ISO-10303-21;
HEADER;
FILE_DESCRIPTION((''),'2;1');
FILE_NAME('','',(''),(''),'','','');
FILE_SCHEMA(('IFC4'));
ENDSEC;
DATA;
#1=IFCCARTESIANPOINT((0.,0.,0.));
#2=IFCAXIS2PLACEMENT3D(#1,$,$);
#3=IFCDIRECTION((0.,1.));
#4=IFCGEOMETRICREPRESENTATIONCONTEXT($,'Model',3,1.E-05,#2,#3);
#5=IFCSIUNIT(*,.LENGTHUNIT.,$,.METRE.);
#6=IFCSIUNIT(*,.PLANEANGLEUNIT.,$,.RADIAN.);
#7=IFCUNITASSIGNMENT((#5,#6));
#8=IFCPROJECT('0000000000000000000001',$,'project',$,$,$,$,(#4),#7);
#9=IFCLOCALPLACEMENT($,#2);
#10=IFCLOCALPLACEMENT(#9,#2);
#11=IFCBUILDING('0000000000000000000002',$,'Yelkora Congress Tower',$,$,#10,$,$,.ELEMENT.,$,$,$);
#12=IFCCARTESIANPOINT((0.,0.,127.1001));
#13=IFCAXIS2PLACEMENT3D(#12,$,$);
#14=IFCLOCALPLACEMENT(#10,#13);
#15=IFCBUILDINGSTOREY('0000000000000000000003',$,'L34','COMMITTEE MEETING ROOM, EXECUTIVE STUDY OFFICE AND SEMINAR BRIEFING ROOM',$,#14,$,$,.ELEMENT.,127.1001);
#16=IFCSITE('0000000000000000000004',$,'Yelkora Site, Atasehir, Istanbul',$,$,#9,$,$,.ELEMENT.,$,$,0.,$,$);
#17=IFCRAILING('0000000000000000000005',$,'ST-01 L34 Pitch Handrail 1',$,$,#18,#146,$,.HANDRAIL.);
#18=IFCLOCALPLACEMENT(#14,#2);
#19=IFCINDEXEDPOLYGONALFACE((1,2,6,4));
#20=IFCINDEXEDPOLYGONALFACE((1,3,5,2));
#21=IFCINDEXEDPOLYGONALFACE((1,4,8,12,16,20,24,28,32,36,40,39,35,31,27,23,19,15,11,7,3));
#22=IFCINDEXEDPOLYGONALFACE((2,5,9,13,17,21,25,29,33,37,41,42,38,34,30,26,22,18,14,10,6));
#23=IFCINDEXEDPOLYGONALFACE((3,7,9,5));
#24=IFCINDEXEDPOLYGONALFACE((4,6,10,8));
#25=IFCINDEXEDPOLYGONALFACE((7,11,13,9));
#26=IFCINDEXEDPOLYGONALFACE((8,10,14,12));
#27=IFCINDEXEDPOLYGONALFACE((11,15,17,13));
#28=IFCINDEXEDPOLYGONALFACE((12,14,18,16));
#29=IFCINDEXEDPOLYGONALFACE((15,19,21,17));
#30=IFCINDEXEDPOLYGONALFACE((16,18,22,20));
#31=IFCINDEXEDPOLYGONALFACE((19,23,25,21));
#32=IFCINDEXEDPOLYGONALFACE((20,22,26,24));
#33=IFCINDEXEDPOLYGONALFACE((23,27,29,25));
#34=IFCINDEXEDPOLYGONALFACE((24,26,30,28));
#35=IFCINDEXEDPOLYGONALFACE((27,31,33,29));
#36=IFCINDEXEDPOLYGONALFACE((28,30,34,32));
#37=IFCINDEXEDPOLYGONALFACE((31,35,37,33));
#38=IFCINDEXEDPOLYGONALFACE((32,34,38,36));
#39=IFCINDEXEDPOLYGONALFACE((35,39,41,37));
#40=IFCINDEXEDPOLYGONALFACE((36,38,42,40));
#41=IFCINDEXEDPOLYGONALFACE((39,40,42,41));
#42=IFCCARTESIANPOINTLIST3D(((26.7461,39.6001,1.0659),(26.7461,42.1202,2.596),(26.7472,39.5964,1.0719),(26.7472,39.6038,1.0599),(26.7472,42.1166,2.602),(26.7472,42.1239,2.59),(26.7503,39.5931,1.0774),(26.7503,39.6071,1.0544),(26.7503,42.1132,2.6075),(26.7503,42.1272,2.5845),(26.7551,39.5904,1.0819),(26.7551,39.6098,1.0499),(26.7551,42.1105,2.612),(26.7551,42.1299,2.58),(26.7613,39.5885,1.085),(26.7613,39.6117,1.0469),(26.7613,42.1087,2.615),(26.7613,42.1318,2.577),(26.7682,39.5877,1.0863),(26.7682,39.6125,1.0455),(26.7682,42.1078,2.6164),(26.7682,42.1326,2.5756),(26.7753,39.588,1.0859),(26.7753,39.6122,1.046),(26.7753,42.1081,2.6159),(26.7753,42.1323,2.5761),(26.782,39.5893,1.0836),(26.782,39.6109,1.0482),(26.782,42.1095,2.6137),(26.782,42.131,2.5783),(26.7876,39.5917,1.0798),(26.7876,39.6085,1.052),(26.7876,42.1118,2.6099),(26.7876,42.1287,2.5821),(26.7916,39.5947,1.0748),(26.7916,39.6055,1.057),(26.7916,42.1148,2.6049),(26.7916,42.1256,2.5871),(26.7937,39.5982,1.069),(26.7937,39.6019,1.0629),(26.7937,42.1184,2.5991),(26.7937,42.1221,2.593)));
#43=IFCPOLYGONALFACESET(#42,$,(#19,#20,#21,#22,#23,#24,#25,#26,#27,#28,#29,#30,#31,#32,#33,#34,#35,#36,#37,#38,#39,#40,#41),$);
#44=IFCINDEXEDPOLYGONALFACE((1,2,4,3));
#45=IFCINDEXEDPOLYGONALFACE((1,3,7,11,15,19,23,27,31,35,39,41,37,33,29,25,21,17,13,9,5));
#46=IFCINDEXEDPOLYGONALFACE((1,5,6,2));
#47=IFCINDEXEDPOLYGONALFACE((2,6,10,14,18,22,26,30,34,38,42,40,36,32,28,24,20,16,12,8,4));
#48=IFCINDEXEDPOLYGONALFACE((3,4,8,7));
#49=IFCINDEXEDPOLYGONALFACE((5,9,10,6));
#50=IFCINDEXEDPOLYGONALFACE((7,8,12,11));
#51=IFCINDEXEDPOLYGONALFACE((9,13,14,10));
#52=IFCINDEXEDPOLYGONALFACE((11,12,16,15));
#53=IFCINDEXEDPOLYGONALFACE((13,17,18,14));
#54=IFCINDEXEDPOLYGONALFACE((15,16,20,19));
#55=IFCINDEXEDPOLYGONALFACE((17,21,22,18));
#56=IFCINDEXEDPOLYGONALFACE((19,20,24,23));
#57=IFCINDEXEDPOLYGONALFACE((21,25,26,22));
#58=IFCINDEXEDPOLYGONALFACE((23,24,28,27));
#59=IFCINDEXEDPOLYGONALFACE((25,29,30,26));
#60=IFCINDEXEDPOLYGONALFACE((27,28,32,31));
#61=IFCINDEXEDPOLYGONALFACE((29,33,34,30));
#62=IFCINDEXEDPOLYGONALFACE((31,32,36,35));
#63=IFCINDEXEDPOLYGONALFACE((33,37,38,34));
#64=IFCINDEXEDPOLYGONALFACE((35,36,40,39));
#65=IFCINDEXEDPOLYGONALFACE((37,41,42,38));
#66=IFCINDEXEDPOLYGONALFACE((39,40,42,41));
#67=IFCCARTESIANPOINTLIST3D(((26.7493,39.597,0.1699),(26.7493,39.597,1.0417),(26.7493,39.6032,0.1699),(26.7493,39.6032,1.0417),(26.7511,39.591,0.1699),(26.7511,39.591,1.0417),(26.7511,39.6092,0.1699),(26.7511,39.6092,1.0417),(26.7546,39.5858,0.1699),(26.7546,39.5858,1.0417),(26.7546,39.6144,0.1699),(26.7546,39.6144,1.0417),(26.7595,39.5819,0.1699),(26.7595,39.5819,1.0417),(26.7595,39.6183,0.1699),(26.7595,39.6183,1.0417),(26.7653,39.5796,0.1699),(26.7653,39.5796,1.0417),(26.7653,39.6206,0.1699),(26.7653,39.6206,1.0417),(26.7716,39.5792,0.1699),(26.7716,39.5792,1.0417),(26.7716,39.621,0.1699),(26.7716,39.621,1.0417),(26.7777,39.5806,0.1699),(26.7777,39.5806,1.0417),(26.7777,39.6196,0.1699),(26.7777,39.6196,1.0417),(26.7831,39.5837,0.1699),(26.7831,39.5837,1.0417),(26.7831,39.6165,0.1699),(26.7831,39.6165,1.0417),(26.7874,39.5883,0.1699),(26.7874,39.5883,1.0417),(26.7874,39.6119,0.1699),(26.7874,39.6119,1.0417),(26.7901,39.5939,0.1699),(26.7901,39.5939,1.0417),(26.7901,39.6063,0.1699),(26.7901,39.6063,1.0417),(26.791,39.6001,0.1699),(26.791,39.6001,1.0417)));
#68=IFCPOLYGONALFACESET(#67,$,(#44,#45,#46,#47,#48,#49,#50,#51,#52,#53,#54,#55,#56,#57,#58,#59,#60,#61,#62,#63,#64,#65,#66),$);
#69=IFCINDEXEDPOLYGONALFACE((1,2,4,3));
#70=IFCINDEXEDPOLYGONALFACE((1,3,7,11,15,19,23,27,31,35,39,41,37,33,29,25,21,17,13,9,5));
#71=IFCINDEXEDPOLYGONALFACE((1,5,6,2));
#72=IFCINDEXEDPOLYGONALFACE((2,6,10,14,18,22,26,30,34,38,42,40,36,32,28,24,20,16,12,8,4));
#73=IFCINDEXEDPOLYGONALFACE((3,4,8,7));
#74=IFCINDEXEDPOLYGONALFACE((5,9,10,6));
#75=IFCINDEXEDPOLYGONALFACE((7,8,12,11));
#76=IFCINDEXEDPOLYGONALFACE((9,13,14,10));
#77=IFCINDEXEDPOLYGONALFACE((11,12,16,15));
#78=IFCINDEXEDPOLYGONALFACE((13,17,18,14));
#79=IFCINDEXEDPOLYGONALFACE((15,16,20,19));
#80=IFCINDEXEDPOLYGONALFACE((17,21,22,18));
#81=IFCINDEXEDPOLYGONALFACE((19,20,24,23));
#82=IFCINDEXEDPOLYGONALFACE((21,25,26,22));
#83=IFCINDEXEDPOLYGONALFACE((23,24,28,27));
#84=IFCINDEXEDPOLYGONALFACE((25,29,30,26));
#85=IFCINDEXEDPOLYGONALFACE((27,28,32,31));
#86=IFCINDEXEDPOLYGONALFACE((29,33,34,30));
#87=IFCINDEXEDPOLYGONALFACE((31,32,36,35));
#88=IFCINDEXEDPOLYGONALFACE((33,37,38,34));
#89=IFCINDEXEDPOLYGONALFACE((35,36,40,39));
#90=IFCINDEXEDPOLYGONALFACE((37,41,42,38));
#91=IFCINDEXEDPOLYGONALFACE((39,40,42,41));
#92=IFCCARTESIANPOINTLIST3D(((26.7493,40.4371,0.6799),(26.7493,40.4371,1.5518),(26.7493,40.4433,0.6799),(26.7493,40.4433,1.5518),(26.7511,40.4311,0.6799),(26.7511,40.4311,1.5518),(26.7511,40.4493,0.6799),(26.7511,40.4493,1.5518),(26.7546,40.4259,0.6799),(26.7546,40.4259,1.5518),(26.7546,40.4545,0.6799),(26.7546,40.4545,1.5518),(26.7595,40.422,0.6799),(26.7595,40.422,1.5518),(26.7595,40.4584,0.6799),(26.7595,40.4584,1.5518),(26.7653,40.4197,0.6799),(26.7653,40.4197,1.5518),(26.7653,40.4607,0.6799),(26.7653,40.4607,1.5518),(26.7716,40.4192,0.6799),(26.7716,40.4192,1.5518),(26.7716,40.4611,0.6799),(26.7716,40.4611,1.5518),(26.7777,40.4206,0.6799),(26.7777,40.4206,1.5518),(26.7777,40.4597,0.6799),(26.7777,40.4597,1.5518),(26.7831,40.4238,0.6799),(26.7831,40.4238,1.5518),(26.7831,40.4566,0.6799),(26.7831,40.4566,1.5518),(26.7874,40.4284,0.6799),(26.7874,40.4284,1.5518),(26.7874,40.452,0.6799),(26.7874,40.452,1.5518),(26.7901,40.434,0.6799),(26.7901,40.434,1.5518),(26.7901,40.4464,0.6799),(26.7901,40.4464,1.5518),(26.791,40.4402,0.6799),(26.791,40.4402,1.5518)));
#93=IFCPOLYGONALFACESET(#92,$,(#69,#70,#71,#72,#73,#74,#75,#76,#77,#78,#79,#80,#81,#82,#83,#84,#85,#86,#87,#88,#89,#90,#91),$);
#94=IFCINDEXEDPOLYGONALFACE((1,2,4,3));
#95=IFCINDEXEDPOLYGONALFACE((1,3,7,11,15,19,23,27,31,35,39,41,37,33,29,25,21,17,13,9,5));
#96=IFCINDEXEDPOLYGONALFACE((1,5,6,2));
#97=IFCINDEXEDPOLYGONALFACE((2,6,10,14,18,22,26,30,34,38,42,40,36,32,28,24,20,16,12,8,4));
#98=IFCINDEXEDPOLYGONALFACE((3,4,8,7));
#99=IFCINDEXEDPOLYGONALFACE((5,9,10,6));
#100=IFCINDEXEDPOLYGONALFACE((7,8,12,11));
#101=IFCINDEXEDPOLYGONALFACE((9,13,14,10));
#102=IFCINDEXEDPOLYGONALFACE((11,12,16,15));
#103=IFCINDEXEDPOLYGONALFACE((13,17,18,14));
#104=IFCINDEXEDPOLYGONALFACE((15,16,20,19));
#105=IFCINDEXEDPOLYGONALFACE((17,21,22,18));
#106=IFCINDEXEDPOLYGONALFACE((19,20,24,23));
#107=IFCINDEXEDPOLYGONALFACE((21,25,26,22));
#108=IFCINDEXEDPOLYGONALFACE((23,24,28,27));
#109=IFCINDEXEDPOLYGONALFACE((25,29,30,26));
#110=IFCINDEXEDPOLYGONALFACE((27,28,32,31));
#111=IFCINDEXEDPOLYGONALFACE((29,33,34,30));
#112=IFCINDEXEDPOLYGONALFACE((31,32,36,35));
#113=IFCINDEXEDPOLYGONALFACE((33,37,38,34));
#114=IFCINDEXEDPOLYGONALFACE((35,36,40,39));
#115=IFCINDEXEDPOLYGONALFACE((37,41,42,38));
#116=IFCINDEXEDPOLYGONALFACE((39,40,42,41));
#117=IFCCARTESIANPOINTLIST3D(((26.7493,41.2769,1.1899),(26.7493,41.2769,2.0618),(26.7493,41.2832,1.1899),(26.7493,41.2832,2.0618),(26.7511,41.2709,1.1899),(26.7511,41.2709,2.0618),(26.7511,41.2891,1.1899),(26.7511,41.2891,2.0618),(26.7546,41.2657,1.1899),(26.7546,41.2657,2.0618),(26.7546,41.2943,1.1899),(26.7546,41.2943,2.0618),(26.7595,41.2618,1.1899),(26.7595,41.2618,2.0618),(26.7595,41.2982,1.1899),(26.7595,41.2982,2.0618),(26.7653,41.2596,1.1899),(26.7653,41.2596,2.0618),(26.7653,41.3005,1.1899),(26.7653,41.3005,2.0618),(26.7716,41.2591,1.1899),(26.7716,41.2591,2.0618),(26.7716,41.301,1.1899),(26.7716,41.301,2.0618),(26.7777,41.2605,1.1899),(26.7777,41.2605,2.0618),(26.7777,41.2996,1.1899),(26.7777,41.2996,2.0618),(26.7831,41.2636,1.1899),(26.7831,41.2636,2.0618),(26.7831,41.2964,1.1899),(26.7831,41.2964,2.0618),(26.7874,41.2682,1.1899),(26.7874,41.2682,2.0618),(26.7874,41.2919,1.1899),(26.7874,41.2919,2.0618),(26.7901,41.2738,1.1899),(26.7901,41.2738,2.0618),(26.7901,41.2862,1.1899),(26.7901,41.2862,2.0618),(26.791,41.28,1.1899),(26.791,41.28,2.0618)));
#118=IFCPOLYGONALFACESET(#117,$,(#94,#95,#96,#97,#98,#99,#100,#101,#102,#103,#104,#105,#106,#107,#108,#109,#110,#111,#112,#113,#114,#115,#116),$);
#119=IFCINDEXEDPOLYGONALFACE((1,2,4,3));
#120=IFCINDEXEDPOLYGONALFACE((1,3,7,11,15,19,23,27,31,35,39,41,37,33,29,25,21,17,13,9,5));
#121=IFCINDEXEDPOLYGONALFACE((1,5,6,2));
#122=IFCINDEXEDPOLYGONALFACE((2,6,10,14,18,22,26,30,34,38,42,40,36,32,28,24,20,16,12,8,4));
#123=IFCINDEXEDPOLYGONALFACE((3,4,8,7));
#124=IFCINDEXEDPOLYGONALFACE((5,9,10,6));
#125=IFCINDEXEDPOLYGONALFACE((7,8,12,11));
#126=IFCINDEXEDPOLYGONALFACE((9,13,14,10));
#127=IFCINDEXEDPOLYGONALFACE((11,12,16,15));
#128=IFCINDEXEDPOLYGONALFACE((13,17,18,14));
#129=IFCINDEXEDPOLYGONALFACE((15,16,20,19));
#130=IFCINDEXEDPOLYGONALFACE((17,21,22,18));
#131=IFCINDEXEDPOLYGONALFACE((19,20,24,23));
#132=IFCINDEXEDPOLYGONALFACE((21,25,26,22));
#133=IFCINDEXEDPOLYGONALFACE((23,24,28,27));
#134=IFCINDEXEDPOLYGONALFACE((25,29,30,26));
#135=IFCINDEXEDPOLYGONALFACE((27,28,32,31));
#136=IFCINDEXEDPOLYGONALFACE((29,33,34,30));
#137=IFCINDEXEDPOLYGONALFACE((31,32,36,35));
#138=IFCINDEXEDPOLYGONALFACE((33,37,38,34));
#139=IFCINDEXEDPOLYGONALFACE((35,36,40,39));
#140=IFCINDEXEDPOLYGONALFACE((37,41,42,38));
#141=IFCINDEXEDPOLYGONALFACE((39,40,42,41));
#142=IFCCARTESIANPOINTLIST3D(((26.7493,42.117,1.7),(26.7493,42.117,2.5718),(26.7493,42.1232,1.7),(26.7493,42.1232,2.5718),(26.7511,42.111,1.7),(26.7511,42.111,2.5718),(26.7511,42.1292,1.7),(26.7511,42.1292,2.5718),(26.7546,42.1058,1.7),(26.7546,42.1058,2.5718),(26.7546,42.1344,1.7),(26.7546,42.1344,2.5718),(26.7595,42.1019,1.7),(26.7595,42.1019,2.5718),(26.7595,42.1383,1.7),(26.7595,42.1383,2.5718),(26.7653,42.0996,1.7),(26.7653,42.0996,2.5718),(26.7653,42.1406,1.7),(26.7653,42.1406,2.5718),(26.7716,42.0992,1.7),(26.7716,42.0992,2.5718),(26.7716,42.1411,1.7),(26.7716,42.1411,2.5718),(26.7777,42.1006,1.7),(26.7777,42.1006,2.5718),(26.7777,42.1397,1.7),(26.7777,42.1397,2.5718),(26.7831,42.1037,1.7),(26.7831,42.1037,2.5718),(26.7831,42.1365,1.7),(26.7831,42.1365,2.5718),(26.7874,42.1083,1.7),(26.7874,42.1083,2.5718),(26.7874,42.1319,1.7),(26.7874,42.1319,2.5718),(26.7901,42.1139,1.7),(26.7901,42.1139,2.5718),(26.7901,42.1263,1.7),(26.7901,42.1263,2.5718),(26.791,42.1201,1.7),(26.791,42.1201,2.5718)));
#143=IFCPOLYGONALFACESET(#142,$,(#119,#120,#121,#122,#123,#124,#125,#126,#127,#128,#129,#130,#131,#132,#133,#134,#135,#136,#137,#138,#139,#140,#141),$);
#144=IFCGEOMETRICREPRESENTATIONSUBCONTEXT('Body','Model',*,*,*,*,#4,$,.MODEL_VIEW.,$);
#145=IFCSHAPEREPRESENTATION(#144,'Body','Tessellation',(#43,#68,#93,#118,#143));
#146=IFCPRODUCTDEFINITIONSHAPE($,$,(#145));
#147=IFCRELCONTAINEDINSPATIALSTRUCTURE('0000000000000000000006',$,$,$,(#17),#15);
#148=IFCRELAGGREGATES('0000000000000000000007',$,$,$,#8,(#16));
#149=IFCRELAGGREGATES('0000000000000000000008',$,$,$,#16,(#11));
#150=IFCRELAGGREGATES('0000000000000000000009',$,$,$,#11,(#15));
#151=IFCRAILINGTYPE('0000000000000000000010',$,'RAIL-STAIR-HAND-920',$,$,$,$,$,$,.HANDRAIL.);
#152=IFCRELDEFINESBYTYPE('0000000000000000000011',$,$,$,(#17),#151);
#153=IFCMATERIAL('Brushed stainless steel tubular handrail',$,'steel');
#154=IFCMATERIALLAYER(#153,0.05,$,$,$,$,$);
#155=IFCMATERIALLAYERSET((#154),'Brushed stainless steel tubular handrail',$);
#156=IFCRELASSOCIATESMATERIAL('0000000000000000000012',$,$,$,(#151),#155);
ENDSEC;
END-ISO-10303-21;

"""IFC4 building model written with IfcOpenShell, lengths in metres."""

from ifc_helpers import new_model, si_unit, direction, frame, origin, origin_2d, place, context, subcontext, project, spatial, circle, extrude, material, layer, layer_set, type_object, element, save


model = new_model("IFC4")

# Units and contexts
model_context = context("Model", 3, precision=1e-05, world=origin(), true_north=direction((0.0, 1.0)))
body_context = subcontext(model_context, "Body", "Model", "MODEL_VIEW")
ifc_project = project(units=[si_unit("LENGTHUNIT", "METRE"), si_unit("PLANEANGLEUNIT", "RADIAN")], contexts=[model_context])

# Site, building, storey
site_placement = place(None, origin())
site = spatial("IfcSite", under=ifc_project, at=site_placement, Name="Yelkora Site, Atasehir, Istanbul", CompositionType="ELEMENT", RefElevation=0.0)
building_placement = place(site_placement, origin())
building = spatial("IfcBuilding", under=site, at=building_placement, Name="Yelkora Congress Tower", CompositionType="ELEMENT")
storey_placement = place(building_placement, frame((0.0, 0.0, 127.1001)))
storey = spatial("IfcBuildingStorey", under=building, at=storey_placement, Name="L34", Description="COMMITTEE MEETING ROOM, EXECUTIVE STUDY OFFICE AND SEMINAR BRIEFING ROOM", CompositionType="ELEMENT", Elevation=127.1001)

# Railing
ifc_material_1 = material(Name="Brushed stainless steel tubular handrail", Category="steel")
ifc_layer_1 = layer(ifc_material_1, 0.05)
ifc_layer_set_1 = layer_set([ifc_layer_1], Name="Brushed stainless steel tubular handrail")
railing_type_1 = type_object("IfcRailingType", Name="RAIL-STAIR-HAND-920", PredefinedType="HANDRAIL", material=ifc_layer_set_1)
railing_1_placement = place(storey_placement, frame((26.77, 39.6001, 0.1699)))
element("IfcRailing", 1, at=railing_1_placement, inside=storey, type_object=railing_type_1, Name="ST-01 L34 Pitch Handrail 1", PredefinedType="HANDRAIL", context=body_context, shape_type="SweptSolid", body=[
    extrude(circle(Radius=0.0239, at=origin_2d()), frame((0.0, 0.0, 0.896), z_axis=(0.0, 0.854785, 0.518982), x_axis=(-1.0, 0.0, 0.0)), (0.0, 0.0, 1.0), 2.9482),
    extrude(circle(Radius=0.021, at=origin_2d()), origin(), (0.0, 0.0, 1.0), 0.8718),
    extrude(circle(Radius=0.021, at=origin_2d()), frame((0.0, 0.8401, 0.51)), (0.0, 0.0, 1.0), 0.8718),
    extrude(circle(Radius=0.021, at=origin_2d()), frame((0.0, 1.6799, 1.02)), (0.0, 0.0, 1.0), 0.8718),
    extrude(circle(Radius=0.021, at=origin_2d()), frame((0.0, 2.52, 1.53)), (0.0, 0.0, 1.0), 0.8718),
])

save(model, "model.ifc")
